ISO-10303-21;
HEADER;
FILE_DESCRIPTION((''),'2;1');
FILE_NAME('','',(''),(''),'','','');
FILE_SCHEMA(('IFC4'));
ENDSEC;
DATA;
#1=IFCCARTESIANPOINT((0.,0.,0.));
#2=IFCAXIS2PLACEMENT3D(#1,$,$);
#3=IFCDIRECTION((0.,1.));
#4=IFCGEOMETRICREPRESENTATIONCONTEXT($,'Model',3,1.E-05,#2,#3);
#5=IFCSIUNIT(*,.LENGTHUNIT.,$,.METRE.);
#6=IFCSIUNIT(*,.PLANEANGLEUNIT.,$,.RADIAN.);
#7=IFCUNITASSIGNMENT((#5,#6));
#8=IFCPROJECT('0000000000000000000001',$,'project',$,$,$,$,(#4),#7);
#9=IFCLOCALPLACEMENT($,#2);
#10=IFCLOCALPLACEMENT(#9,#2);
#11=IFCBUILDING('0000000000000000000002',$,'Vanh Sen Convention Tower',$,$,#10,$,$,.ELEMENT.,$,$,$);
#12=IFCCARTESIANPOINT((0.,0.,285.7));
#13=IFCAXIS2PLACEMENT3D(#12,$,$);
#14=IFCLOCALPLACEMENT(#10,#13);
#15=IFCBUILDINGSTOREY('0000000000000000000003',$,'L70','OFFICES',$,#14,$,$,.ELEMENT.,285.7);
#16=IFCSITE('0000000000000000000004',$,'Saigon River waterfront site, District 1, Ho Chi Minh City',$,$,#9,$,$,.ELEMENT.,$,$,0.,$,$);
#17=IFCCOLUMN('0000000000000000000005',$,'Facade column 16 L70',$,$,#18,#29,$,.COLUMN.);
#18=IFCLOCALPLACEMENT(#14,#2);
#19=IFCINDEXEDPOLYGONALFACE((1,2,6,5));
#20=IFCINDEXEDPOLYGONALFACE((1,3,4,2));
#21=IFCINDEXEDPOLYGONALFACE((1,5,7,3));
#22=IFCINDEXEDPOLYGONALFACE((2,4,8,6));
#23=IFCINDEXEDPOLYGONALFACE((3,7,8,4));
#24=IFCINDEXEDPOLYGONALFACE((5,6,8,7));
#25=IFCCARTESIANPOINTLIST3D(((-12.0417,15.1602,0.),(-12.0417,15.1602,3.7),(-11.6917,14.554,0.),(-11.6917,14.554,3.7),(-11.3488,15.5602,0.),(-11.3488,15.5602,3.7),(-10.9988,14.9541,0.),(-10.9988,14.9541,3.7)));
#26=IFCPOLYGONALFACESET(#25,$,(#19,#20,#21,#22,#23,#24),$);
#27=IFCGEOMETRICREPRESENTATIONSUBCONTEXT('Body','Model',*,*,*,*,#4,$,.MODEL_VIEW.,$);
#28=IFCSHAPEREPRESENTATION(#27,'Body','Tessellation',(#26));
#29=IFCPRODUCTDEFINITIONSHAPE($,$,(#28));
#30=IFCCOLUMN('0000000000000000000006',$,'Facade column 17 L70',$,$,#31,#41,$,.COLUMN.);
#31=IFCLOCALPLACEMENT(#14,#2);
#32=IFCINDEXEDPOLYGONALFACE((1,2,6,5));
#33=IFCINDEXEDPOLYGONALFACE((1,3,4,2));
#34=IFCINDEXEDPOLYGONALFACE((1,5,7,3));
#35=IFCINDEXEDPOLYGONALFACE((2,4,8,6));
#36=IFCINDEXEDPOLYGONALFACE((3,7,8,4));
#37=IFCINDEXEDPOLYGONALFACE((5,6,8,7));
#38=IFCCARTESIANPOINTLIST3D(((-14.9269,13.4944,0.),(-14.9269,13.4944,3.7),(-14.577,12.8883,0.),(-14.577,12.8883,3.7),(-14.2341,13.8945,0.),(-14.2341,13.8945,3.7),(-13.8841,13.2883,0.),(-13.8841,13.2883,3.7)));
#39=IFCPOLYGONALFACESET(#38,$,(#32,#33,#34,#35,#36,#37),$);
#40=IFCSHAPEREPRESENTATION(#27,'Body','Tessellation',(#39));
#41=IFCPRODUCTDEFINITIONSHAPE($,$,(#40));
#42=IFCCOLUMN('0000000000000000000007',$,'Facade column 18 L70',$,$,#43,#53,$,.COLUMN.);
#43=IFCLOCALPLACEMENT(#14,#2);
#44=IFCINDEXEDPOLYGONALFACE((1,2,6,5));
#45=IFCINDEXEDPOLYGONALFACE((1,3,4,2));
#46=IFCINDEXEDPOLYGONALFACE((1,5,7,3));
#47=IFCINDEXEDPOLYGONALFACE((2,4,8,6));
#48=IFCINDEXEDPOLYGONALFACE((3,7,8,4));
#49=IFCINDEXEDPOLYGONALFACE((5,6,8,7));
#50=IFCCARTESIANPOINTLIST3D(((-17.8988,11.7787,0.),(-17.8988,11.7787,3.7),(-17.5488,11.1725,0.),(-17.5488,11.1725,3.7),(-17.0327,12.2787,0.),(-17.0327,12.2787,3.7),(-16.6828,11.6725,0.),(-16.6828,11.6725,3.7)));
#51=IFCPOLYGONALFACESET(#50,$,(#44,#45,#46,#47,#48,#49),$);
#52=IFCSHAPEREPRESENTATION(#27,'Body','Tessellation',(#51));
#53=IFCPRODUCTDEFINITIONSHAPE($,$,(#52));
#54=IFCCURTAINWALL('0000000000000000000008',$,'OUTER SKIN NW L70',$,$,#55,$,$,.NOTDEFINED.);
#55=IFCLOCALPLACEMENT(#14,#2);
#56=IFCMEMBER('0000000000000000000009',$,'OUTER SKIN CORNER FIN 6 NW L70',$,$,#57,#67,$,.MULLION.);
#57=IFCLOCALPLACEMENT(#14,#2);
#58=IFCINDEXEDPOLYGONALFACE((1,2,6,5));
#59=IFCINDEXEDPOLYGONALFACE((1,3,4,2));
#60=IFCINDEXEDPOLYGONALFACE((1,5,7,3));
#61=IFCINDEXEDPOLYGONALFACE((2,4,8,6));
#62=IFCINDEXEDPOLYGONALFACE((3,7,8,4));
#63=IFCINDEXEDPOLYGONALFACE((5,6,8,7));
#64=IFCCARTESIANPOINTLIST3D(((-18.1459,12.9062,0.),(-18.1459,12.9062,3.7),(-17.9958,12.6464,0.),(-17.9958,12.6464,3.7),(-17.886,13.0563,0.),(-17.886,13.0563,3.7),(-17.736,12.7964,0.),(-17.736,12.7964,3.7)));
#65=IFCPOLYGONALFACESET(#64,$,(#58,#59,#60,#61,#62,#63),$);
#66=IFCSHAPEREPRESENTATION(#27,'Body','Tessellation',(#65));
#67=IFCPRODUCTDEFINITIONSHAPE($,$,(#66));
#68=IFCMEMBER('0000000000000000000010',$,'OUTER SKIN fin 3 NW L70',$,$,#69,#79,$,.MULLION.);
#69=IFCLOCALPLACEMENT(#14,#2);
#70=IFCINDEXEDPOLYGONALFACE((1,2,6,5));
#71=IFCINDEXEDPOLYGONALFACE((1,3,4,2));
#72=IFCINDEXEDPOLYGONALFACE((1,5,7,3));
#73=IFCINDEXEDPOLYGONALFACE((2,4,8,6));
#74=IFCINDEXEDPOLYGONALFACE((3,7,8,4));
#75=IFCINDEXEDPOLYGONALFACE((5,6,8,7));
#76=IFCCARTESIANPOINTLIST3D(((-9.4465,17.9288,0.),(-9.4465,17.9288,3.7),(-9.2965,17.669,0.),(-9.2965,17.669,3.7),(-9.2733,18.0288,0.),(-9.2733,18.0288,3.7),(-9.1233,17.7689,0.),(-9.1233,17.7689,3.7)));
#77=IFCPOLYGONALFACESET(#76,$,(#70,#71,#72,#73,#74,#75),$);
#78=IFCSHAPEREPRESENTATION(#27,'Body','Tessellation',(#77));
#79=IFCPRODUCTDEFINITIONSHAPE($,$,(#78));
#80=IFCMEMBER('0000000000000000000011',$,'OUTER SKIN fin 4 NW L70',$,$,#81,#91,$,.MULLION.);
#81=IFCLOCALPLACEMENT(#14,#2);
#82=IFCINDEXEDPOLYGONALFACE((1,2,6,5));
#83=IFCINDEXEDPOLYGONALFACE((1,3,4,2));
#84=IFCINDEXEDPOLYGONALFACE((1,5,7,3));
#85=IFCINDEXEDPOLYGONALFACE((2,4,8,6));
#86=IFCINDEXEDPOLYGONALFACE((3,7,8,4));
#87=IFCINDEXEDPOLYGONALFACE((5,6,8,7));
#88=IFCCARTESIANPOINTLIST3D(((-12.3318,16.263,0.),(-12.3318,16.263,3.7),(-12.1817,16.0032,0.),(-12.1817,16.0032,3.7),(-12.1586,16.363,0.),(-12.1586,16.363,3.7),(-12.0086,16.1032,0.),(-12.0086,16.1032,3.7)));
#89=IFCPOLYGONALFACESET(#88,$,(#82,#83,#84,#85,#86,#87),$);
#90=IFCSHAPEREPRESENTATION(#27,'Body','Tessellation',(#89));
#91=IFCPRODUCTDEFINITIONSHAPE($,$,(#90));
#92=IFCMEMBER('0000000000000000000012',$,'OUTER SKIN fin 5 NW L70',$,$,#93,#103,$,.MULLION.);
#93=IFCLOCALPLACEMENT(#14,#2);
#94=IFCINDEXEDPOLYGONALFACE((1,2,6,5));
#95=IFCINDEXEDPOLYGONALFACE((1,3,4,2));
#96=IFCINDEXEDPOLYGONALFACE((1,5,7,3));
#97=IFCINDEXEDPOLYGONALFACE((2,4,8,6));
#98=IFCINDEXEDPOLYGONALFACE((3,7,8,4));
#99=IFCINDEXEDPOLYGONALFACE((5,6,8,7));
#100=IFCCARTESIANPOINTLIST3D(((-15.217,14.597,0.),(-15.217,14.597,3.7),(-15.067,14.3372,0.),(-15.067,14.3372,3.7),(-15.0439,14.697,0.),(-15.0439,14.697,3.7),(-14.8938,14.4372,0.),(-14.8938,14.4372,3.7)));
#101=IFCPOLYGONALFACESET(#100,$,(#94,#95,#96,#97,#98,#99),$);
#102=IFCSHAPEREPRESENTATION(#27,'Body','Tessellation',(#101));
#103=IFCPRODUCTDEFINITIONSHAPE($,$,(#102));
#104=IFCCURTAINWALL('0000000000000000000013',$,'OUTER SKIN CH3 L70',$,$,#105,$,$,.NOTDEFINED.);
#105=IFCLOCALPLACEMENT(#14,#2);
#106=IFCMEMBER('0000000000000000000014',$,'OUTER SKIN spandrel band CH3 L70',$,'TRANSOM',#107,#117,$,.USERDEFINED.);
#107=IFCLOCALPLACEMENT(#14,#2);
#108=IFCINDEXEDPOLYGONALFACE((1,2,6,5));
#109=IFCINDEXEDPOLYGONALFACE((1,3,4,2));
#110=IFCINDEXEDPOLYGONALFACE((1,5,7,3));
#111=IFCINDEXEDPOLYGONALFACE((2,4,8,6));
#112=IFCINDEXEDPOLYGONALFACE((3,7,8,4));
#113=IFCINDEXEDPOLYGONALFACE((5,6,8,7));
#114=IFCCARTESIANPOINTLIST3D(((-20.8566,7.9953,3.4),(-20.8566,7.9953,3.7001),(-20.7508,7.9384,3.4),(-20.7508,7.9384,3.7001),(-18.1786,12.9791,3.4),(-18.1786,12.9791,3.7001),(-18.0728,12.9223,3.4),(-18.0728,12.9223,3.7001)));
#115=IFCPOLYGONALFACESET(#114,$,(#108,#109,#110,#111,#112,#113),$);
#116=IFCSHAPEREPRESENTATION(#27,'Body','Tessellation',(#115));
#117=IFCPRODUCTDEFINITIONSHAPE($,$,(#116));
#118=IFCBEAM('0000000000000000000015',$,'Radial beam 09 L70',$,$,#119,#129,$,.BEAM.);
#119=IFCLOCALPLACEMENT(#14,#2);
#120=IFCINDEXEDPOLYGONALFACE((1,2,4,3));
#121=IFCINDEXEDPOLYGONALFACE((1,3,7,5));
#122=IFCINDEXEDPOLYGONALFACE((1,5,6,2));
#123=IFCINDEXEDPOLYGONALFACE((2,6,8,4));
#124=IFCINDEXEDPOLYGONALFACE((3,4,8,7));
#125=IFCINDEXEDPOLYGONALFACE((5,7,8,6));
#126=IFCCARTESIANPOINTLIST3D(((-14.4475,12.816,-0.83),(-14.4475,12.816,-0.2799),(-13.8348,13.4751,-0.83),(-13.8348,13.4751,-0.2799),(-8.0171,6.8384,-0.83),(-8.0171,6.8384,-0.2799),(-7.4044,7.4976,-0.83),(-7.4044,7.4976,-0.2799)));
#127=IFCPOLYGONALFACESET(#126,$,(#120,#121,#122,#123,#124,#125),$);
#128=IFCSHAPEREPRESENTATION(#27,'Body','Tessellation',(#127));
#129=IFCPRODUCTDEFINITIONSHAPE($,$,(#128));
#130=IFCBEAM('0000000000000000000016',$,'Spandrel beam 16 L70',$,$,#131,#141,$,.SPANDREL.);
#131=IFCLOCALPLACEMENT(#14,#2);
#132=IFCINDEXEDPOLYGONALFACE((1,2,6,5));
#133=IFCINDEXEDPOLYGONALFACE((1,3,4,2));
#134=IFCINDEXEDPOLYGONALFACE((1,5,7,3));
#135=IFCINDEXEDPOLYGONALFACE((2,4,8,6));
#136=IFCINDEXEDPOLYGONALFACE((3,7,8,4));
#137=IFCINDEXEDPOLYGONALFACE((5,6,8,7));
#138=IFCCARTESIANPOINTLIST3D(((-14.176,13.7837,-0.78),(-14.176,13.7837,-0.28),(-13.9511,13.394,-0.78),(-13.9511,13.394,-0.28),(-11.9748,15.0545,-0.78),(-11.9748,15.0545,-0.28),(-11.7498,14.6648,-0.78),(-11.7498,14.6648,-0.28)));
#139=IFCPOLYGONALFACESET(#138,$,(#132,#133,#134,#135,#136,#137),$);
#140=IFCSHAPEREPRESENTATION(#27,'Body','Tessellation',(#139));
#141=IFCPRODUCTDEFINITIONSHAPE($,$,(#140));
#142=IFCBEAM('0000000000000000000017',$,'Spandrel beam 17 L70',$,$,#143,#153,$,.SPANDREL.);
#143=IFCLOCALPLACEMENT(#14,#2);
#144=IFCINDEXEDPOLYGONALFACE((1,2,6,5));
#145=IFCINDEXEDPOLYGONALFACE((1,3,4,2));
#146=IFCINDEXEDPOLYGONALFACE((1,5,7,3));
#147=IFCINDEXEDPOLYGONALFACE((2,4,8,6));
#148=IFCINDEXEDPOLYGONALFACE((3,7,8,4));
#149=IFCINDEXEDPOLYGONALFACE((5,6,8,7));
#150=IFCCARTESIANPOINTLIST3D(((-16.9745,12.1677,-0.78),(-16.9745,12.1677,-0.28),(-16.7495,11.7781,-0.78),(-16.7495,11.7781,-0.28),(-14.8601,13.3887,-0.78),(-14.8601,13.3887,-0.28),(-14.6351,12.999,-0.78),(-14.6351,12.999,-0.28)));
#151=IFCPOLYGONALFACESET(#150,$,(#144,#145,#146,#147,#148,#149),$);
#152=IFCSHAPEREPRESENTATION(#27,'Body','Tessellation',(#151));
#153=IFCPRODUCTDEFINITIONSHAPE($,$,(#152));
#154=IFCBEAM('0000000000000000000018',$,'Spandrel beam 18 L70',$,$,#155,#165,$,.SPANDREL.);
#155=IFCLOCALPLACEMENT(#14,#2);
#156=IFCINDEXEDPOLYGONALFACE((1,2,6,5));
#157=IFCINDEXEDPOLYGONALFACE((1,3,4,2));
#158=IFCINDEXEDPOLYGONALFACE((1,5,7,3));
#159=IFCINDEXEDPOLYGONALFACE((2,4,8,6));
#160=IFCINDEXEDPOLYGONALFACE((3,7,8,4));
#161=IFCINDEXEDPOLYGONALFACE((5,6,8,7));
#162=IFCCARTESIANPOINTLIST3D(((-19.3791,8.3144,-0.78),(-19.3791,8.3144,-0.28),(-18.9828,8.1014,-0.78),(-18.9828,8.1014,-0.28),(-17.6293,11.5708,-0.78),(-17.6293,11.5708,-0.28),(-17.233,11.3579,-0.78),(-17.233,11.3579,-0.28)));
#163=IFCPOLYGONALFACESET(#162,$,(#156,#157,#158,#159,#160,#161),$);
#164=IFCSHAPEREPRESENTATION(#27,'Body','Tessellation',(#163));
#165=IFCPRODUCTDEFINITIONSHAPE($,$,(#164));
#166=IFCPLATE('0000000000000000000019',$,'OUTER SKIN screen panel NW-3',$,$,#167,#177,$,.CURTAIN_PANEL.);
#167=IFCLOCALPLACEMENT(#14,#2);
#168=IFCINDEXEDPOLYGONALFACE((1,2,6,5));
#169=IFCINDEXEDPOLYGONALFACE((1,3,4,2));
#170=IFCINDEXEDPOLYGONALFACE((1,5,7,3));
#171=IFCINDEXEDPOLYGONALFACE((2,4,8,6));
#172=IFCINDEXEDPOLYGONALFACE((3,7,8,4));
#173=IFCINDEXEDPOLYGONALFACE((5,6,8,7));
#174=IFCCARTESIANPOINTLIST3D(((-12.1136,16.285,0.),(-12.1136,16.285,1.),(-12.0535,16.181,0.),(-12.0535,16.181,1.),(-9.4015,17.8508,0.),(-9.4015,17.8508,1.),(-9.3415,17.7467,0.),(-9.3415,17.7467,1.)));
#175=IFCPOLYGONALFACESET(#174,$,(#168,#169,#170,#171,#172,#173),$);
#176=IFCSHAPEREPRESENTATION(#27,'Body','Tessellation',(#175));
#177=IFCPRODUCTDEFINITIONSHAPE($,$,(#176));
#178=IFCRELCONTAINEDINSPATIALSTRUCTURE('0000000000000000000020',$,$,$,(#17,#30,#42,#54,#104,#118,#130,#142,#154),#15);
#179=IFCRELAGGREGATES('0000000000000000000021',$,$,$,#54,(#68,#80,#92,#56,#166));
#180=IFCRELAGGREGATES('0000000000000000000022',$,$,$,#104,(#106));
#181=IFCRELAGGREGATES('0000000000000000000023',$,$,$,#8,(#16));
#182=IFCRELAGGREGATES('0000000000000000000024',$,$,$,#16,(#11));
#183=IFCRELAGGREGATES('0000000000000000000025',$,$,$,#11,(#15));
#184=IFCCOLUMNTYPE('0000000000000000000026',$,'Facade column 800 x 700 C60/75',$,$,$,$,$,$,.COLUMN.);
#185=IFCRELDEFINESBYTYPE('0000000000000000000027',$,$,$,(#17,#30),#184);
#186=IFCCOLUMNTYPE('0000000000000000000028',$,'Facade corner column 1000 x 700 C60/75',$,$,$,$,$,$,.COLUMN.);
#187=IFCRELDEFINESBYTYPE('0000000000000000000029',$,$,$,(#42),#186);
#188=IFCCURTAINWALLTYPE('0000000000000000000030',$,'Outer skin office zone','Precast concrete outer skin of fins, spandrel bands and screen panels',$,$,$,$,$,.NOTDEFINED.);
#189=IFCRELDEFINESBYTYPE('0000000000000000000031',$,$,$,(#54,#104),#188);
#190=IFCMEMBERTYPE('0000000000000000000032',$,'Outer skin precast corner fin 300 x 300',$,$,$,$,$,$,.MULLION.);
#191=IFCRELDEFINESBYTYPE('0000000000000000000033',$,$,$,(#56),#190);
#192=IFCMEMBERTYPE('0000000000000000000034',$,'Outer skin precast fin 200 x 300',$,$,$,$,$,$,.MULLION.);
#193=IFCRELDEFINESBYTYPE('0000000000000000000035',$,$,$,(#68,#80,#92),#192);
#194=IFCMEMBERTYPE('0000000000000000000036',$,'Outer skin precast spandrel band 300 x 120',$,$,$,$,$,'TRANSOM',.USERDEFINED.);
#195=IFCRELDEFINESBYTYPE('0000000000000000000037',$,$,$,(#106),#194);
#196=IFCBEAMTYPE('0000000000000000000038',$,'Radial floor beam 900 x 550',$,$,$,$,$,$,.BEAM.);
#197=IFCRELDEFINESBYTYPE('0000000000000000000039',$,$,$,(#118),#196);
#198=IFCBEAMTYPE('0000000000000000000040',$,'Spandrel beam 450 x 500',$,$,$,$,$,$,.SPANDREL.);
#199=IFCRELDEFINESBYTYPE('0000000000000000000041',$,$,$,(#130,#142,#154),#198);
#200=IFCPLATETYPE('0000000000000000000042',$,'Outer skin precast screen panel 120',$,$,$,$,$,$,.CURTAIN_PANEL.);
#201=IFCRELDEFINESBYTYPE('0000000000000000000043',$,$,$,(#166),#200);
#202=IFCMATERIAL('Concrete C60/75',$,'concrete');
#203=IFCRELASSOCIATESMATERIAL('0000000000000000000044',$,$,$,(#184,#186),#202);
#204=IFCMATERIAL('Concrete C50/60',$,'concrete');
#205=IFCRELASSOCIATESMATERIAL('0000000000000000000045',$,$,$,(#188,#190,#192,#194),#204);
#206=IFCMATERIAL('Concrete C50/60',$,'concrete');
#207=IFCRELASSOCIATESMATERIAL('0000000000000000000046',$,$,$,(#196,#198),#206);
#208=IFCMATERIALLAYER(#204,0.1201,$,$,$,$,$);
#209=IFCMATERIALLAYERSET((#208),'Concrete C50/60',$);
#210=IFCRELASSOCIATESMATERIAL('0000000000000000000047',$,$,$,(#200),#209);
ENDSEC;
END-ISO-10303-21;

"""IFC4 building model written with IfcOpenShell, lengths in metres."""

from ifc_helpers import new_model, si_unit, direction, frame, origin, origin_2d, place, context, subcontext, project, spatial, rectangle, extrude, material, layer, layer_set, material_profile, profile_set, type_object, element, aggregate, save


model = new_model("IFC4")

# Units and contexts
model_context = context("Model", 3, precision=1e-05, world=origin(), true_north=direction((0.0, 1.0)))
body_context = subcontext(model_context, "Body", "Model", "MODEL_VIEW")
ifc_project = project(units=[si_unit("LENGTHUNIT", "METRE"), si_unit("PLANEANGLEUNIT", "RADIAN")], contexts=[model_context])

# Site, building, storey
site_placement = place(None, origin())
site = spatial("IfcSite", under=ifc_project, at=site_placement, Name="Saigon River waterfront site, District 1, Ho Chi Minh City", CompositionType="ELEMENT", RefElevation=0.0)
building_placement = place(site_placement, origin())
building = spatial("IfcBuilding", under=site, at=building_placement, Name="Vanh Sen Convention Tower", CompositionType="ELEMENT")
storey_placement = place(building_placement, frame((0.0, 0.0, 285.7)))
storey = spatial("IfcBuildingStorey", under=building, at=storey_placement, Name="L70", Description="OFFICES", CompositionType="ELEMENT", Elevation=285.7)

# Columns
ifc_material_1 = material(Name="Concrete C60/75", Category="concrete")
ifc_material_profile_1 = material_profile(ifc_material_1, rectangle(XDim=0.8, YDim=0.7, at=origin_2d()), Name="RC 800X700")
ifc_profile_set_1 = profile_set([ifc_material_profile_1], Name="Concrete C60/75")
column_type_1 = type_object("IfcColumnType", Name="Facade column 800 x 700 C60/75", PredefinedType="COLUMN", material=ifc_profile_set_1)
for number, where, z_axis, x_axis, name in (
    (1, (-11.5203, 15.0571, 0.0), (0.0, 0.0, 1.0), (-0.866025, -0.5, 0.0), "Facade column 16 L70"),
    (2, (-14.4055, 13.3914, 0.0), (0.0, 0.0, 1.0), (-0.866025, -0.5, 0.0), "Facade column 17 L70"),
):
    element("IfcColumn", number, at=place(storey_placement, frame(where, z_axis=z_axis, x_axis=x_axis)), inside=storey, type_object=column_type_1, Name=name, PredefinedType="COLUMN", context=body_context, shape_type="SweptSolid", body=[
        extrude(rectangle(XDim=0.8, YDim=0.7, at=origin_2d()), origin(), (0.0, 0.0, 1.0), 3.7),
    ])
ifc_material_profile_2 = material_profile(ifc_material_1, rectangle(XDim=1.0, YDim=0.7, at=origin_2d()), Name="RC 1000X700")
ifc_profile_set_2 = profile_set([ifc_material_profile_2], Name="Concrete C60/75")
column_type_2 = type_object("IfcColumnType", Name="Facade corner column 1000 x 700 C60/75", PredefinedType="COLUMN", material=ifc_profile_set_2)
column_placement = place(storey_placement, frame((-17.2908, 11.7256, 0.0), z_axis=(0.0, 0.0, 1.0), x_axis=(-0.866025, -0.5, 0.0)))
element("IfcColumn", 3, at=column_placement, inside=storey, type_object=column_type_2, Name="Facade column 18 L70", PredefinedType="COLUMN", context=body_context, shape_type="SweptSolid", body=[
    extrude(rectangle(XDim=1.0, YDim=0.7, at=origin_2d()), origin(), (0.0, 0.0, 1.0), 3.7),
])

# Curtain wall, members
ifc_material_2 = material(Name="Concrete C50/60", Category="concrete")
curtain_wall_type = type_object("IfcCurtainWallType", Name="Outer skin office zone", Description="Precast concrete outer skin of fins, spandrel bands and screen panels", PredefinedType="NOTDEFINED", material=ifc_material_2)
curtain_wall_1_placement = place(storey_placement, origin())
curtain_wall_1 = element("IfcCurtainWall", 4, at=curtain_wall_1_placement, inside=storey, type_object=curtain_wall_type, Name="OUTER SKIN NW L70", PredefinedType="NOTDEFINED")
ifc_material_profile_3 = material_profile(ifc_material_2, rectangle(XDim=0.3, YDim=0.3, at=origin_2d()), Name="Outer skin precast corner fin 300 x 300")
ifc_profile_set_3 = profile_set([ifc_material_profile_3], Name="Concrete C50/60")
member_type_1 = type_object("IfcMemberType", Name="Outer skin precast corner fin 300 x 300", PredefinedType="MULLION", material=ifc_profile_set_3)
member_1_placement = place(storey_placement, frame((-17.9409, 12.8513, 0.0), z_axis=(0.0, 0.0, 1.0), x_axis=(-0.866025, -0.5, 0.0)))
member_1 = element("IfcMember", 5, at=member_1_placement, type_object=member_type_1, Name="OUTER SKIN CORNER FIN 6 NW L70", PredefinedType="MULLION", context=body_context, shape_type="SweptSolid", body=[
    extrude(rectangle(XDim=0.3, YDim=0.3, at=origin_2d()), origin(), (0.0, 0.0, 1.0), 3.7),
])
ifc_material_profile_4 = material_profile(ifc_material_2, rectangle(XDim=0.2, YDim=0.3, at=origin_2d()), Name="Outer skin precast fin 200 x 300")
ifc_profile_set_4 = profile_set([ifc_material_profile_4], Name="Concrete C50/60")
member_type_2 = type_object("IfcMemberType", Name="Outer skin precast fin 200 x 300", PredefinedType="MULLION", material=ifc_profile_set_4)
member_2_placement = place(storey_placement, frame((-9.2849, 17.8489, 0.0), z_axis=(0.0, 0.0, 1.0), x_axis=(-0.866025, -0.5, 0.0)))
member_2 = element("IfcMember", 6, at=member_2_placement, type_object=member_type_2, Name="OUTER SKIN fin 3 NW L70", PredefinedType="MULLION", context=body_context, shape_type="SweptSolid", body=[
    extrude(rectangle(XDim=0.2, YDim=0.3, at=origin_2d()), origin(), (0.0, 0.0, 1.0), 3.7),
])
member_3_placement = place(storey_placement, frame((-12.1702, 16.1831, 0.0), z_axis=(0.0, 0.0, 1.0), x_axis=(-0.866025, -0.5, 0.0)))
member_3 = element("IfcMember", 7, at=member_3_placement, type_object=member_type_2, Name="OUTER SKIN fin 4 NW L70", PredefinedType="MULLION", context=body_context, shape_type="SweptSolid", body=[
    extrude(rectangle(XDim=0.2, YDim=0.3, at=origin_2d()), origin(), (0.0, 0.0, 1.0), 3.7),
])
member_4_placement = place(storey_placement, frame((-15.0554, 14.5171, 0.0), z_axis=(0.0, 0.0, 1.0), x_axis=(-0.866025, -0.5, 0.0)))
member_4 = element("IfcMember", 8, at=member_4_placement, type_object=member_type_2, Name="OUTER SKIN fin 5 NW L70", PredefinedType="MULLION", context=body_context, shape_type="SweptSolid", body=[
    extrude(rectangle(XDim=0.2, YDim=0.3, at=origin_2d()), origin(), (0.0, 0.0, 1.0), 3.7),
])

# Curtain wall, member
curtain_wall_2_placement = place(storey_placement, origin())
curtain_wall_2 = element("IfcCurtainWall", 9, at=curtain_wall_2_placement, inside=storey, type_object=curtain_wall_type, Name="OUTER SKIN CH3 L70", PredefinedType="NOTDEFINED")
ifc_material_profile_5 = material_profile(ifc_material_2, rectangle(XDim=0.1201, YDim=0.3, at=origin_2d()), Name="Outer skin precast spandrel band 300 x 120")
ifc_profile_set_5 = profile_set([ifc_material_profile_5], Name="Concrete C50/60")
member_type_3 = type_object("IfcMemberType", Name="Outer skin precast spandrel band 300 x 120", ElementType="TRANSOM", PredefinedType="USERDEFINED", material=ifc_profile_set_5)
member_5_placement = place(storey_placement, frame((-18.1257, 12.9507, 3.55), z_axis=(-0.473325, -0.880888, 0.0), x_axis=(0.880888, -0.473325, 0.0)))
member_5 = element("IfcMember", 10, at=member_5_placement, type_object=member_type_3, Name="OUTER SKIN spandrel band CH3 L70", ObjectType="TRANSOM", PredefinedType="USERDEFINED", context=body_context, shape_type="SweptSolid", body=[
    extrude(rectangle(XDim=0.1201, YDim=0.3, at=origin_2d()), origin(), (0.0, 0.0, 1.0), 5.6577),
])

# Beams
ifc_material_3 = material(Name="Concrete C50/60", Category="concrete")
ifc_material_profile_6 = material_profile(ifc_material_3, rectangle(XDim=0.8999, YDim=0.55, at=origin_2d()), Name="RC 900X550")
ifc_profile_set_6 = profile_set([ifc_material_profile_6], Name="Concrete C50/60")
beam_type_1 = type_object("IfcBeamType", Name="Radial floor beam 900 x 550", PredefinedType="BEAM", material=ifc_profile_set_6)
beam_1_placement = place(storey_placement, frame((-14.1411, 13.1455, -0.5549), z_axis=(0.732428, -0.680845, 0.0), x_axis=(0.680845, 0.732428, 0.0)))
element("IfcBeam", 11, at=beam_1_placement, inside=storey, type_object=beam_type_1, Name="Radial beam 09 L70", PredefinedType="BEAM", context=body_context, shape_type="SweptSolid", body=[
    extrude(rectangle(XDim=0.8999, YDim=0.55, at=origin_2d()), origin(), (0.0, 0.0, 1.0), 8.7795),
])
ifc_material_profile_7 = material_profile(ifc_material_3, rectangle(XDim=0.45, YDim=0.5, at=origin_2d()), Name="RC 450X500")
ifc_profile_set_7 = profile_set([ifc_material_profile_7], Name="Concrete C50/60")
beam_type_2 = type_object("IfcBeamType", Name="Spandrel beam 450 x 500", PredefinedType="SPANDREL", material=ifc_profile_set_7)
beam_2_placement = place(storey_placement, frame((-11.8623, 14.8596, -0.53), z_axis=(-0.866042, -0.499972, 0.0), x_axis=(0.499972, -0.866042, 0.0)))
element("IfcBeam", 12, at=beam_2_placement, inside=storey, type_object=beam_type_2, Name="Spandrel beam 16 L70", PredefinedType="SPANDREL", context=body_context, shape_type="SweptSolid", body=[
    extrude(rectangle(XDim=0.45, YDim=0.5, at=origin_2d()), origin(), (0.0, 0.0, 1.0), 2.5417),
])
beam_3_placement = place(storey_placement, frame((-14.7476, 13.1938, -0.53), z_axis=(-0.866001, -0.500043, 0.0), x_axis=(0.500043, -0.866001, 0.0)))
element("IfcBeam", 13, at=beam_3_placement, inside=storey, type_object=beam_type_2, Name="Spandrel beam 17 L70", PredefinedType="SPANDREL", context=body_context, shape_type="SweptSolid", body=[
    extrude(rectangle(XDim=0.45, YDim=0.5, at=origin_2d()), origin(), (0.0, 0.0, 1.0), 2.4417),
])
beam_4_placement = place(storey_placement, frame((-17.4312, 11.4644, -0.53), z_axis=(-0.473332, -0.880884, 0.0), x_axis=(0.880884, -0.473332, 0.0)))
element("IfcBeam", 14, at=beam_4_placement, inside=storey, type_object=beam_type_2, Name="Spandrel beam 18 L70", PredefinedType="SPANDREL", context=body_context, shape_type="SweptSolid", body=[
    extrude(rectangle(XDim=0.45, YDim=0.5, at=origin_2d()), origin(), (0.0, 0.0, 1.0), 3.6968),
])

# Plate
ifc_layer_1 = layer(ifc_material_2, 0.1201)
ifc_layer_set_1 = layer_set([ifc_layer_1], Name="Concrete C50/60")
plate_type = type_object("IfcPlateType", Name="Outer skin precast screen panel 120", PredefinedType="CURTAIN_PANEL", material=ifc_layer_set_1)
plate_1_placement = place(storey_placement, frame((-10.7275, 17.0159, 0.0), z_axis=(0.0, 0.0, 1.0), x_axis=(-0.866029, -0.499994, 0.0)))
plate_1 = element("IfcPlate", 15, at=plate_1_placement, type_object=plate_type, Name="OUTER SKIN screen panel NW-3", PredefinedType="CURTAIN_PANEL", context=body_context, shape_type="SweptSolid", body=[
    extrude(rectangle(XDim=3.1316, YDim=0.1201, at=origin_2d()), origin(), (0.0, 0.0, 1.0), 1.0),
])
aggregate(curtain_wall_1, [member_2, member_3, member_4, member_1, plate_1])
aggregate(curtain_wall_2, [member_5])

save(model, "model.ifc")
